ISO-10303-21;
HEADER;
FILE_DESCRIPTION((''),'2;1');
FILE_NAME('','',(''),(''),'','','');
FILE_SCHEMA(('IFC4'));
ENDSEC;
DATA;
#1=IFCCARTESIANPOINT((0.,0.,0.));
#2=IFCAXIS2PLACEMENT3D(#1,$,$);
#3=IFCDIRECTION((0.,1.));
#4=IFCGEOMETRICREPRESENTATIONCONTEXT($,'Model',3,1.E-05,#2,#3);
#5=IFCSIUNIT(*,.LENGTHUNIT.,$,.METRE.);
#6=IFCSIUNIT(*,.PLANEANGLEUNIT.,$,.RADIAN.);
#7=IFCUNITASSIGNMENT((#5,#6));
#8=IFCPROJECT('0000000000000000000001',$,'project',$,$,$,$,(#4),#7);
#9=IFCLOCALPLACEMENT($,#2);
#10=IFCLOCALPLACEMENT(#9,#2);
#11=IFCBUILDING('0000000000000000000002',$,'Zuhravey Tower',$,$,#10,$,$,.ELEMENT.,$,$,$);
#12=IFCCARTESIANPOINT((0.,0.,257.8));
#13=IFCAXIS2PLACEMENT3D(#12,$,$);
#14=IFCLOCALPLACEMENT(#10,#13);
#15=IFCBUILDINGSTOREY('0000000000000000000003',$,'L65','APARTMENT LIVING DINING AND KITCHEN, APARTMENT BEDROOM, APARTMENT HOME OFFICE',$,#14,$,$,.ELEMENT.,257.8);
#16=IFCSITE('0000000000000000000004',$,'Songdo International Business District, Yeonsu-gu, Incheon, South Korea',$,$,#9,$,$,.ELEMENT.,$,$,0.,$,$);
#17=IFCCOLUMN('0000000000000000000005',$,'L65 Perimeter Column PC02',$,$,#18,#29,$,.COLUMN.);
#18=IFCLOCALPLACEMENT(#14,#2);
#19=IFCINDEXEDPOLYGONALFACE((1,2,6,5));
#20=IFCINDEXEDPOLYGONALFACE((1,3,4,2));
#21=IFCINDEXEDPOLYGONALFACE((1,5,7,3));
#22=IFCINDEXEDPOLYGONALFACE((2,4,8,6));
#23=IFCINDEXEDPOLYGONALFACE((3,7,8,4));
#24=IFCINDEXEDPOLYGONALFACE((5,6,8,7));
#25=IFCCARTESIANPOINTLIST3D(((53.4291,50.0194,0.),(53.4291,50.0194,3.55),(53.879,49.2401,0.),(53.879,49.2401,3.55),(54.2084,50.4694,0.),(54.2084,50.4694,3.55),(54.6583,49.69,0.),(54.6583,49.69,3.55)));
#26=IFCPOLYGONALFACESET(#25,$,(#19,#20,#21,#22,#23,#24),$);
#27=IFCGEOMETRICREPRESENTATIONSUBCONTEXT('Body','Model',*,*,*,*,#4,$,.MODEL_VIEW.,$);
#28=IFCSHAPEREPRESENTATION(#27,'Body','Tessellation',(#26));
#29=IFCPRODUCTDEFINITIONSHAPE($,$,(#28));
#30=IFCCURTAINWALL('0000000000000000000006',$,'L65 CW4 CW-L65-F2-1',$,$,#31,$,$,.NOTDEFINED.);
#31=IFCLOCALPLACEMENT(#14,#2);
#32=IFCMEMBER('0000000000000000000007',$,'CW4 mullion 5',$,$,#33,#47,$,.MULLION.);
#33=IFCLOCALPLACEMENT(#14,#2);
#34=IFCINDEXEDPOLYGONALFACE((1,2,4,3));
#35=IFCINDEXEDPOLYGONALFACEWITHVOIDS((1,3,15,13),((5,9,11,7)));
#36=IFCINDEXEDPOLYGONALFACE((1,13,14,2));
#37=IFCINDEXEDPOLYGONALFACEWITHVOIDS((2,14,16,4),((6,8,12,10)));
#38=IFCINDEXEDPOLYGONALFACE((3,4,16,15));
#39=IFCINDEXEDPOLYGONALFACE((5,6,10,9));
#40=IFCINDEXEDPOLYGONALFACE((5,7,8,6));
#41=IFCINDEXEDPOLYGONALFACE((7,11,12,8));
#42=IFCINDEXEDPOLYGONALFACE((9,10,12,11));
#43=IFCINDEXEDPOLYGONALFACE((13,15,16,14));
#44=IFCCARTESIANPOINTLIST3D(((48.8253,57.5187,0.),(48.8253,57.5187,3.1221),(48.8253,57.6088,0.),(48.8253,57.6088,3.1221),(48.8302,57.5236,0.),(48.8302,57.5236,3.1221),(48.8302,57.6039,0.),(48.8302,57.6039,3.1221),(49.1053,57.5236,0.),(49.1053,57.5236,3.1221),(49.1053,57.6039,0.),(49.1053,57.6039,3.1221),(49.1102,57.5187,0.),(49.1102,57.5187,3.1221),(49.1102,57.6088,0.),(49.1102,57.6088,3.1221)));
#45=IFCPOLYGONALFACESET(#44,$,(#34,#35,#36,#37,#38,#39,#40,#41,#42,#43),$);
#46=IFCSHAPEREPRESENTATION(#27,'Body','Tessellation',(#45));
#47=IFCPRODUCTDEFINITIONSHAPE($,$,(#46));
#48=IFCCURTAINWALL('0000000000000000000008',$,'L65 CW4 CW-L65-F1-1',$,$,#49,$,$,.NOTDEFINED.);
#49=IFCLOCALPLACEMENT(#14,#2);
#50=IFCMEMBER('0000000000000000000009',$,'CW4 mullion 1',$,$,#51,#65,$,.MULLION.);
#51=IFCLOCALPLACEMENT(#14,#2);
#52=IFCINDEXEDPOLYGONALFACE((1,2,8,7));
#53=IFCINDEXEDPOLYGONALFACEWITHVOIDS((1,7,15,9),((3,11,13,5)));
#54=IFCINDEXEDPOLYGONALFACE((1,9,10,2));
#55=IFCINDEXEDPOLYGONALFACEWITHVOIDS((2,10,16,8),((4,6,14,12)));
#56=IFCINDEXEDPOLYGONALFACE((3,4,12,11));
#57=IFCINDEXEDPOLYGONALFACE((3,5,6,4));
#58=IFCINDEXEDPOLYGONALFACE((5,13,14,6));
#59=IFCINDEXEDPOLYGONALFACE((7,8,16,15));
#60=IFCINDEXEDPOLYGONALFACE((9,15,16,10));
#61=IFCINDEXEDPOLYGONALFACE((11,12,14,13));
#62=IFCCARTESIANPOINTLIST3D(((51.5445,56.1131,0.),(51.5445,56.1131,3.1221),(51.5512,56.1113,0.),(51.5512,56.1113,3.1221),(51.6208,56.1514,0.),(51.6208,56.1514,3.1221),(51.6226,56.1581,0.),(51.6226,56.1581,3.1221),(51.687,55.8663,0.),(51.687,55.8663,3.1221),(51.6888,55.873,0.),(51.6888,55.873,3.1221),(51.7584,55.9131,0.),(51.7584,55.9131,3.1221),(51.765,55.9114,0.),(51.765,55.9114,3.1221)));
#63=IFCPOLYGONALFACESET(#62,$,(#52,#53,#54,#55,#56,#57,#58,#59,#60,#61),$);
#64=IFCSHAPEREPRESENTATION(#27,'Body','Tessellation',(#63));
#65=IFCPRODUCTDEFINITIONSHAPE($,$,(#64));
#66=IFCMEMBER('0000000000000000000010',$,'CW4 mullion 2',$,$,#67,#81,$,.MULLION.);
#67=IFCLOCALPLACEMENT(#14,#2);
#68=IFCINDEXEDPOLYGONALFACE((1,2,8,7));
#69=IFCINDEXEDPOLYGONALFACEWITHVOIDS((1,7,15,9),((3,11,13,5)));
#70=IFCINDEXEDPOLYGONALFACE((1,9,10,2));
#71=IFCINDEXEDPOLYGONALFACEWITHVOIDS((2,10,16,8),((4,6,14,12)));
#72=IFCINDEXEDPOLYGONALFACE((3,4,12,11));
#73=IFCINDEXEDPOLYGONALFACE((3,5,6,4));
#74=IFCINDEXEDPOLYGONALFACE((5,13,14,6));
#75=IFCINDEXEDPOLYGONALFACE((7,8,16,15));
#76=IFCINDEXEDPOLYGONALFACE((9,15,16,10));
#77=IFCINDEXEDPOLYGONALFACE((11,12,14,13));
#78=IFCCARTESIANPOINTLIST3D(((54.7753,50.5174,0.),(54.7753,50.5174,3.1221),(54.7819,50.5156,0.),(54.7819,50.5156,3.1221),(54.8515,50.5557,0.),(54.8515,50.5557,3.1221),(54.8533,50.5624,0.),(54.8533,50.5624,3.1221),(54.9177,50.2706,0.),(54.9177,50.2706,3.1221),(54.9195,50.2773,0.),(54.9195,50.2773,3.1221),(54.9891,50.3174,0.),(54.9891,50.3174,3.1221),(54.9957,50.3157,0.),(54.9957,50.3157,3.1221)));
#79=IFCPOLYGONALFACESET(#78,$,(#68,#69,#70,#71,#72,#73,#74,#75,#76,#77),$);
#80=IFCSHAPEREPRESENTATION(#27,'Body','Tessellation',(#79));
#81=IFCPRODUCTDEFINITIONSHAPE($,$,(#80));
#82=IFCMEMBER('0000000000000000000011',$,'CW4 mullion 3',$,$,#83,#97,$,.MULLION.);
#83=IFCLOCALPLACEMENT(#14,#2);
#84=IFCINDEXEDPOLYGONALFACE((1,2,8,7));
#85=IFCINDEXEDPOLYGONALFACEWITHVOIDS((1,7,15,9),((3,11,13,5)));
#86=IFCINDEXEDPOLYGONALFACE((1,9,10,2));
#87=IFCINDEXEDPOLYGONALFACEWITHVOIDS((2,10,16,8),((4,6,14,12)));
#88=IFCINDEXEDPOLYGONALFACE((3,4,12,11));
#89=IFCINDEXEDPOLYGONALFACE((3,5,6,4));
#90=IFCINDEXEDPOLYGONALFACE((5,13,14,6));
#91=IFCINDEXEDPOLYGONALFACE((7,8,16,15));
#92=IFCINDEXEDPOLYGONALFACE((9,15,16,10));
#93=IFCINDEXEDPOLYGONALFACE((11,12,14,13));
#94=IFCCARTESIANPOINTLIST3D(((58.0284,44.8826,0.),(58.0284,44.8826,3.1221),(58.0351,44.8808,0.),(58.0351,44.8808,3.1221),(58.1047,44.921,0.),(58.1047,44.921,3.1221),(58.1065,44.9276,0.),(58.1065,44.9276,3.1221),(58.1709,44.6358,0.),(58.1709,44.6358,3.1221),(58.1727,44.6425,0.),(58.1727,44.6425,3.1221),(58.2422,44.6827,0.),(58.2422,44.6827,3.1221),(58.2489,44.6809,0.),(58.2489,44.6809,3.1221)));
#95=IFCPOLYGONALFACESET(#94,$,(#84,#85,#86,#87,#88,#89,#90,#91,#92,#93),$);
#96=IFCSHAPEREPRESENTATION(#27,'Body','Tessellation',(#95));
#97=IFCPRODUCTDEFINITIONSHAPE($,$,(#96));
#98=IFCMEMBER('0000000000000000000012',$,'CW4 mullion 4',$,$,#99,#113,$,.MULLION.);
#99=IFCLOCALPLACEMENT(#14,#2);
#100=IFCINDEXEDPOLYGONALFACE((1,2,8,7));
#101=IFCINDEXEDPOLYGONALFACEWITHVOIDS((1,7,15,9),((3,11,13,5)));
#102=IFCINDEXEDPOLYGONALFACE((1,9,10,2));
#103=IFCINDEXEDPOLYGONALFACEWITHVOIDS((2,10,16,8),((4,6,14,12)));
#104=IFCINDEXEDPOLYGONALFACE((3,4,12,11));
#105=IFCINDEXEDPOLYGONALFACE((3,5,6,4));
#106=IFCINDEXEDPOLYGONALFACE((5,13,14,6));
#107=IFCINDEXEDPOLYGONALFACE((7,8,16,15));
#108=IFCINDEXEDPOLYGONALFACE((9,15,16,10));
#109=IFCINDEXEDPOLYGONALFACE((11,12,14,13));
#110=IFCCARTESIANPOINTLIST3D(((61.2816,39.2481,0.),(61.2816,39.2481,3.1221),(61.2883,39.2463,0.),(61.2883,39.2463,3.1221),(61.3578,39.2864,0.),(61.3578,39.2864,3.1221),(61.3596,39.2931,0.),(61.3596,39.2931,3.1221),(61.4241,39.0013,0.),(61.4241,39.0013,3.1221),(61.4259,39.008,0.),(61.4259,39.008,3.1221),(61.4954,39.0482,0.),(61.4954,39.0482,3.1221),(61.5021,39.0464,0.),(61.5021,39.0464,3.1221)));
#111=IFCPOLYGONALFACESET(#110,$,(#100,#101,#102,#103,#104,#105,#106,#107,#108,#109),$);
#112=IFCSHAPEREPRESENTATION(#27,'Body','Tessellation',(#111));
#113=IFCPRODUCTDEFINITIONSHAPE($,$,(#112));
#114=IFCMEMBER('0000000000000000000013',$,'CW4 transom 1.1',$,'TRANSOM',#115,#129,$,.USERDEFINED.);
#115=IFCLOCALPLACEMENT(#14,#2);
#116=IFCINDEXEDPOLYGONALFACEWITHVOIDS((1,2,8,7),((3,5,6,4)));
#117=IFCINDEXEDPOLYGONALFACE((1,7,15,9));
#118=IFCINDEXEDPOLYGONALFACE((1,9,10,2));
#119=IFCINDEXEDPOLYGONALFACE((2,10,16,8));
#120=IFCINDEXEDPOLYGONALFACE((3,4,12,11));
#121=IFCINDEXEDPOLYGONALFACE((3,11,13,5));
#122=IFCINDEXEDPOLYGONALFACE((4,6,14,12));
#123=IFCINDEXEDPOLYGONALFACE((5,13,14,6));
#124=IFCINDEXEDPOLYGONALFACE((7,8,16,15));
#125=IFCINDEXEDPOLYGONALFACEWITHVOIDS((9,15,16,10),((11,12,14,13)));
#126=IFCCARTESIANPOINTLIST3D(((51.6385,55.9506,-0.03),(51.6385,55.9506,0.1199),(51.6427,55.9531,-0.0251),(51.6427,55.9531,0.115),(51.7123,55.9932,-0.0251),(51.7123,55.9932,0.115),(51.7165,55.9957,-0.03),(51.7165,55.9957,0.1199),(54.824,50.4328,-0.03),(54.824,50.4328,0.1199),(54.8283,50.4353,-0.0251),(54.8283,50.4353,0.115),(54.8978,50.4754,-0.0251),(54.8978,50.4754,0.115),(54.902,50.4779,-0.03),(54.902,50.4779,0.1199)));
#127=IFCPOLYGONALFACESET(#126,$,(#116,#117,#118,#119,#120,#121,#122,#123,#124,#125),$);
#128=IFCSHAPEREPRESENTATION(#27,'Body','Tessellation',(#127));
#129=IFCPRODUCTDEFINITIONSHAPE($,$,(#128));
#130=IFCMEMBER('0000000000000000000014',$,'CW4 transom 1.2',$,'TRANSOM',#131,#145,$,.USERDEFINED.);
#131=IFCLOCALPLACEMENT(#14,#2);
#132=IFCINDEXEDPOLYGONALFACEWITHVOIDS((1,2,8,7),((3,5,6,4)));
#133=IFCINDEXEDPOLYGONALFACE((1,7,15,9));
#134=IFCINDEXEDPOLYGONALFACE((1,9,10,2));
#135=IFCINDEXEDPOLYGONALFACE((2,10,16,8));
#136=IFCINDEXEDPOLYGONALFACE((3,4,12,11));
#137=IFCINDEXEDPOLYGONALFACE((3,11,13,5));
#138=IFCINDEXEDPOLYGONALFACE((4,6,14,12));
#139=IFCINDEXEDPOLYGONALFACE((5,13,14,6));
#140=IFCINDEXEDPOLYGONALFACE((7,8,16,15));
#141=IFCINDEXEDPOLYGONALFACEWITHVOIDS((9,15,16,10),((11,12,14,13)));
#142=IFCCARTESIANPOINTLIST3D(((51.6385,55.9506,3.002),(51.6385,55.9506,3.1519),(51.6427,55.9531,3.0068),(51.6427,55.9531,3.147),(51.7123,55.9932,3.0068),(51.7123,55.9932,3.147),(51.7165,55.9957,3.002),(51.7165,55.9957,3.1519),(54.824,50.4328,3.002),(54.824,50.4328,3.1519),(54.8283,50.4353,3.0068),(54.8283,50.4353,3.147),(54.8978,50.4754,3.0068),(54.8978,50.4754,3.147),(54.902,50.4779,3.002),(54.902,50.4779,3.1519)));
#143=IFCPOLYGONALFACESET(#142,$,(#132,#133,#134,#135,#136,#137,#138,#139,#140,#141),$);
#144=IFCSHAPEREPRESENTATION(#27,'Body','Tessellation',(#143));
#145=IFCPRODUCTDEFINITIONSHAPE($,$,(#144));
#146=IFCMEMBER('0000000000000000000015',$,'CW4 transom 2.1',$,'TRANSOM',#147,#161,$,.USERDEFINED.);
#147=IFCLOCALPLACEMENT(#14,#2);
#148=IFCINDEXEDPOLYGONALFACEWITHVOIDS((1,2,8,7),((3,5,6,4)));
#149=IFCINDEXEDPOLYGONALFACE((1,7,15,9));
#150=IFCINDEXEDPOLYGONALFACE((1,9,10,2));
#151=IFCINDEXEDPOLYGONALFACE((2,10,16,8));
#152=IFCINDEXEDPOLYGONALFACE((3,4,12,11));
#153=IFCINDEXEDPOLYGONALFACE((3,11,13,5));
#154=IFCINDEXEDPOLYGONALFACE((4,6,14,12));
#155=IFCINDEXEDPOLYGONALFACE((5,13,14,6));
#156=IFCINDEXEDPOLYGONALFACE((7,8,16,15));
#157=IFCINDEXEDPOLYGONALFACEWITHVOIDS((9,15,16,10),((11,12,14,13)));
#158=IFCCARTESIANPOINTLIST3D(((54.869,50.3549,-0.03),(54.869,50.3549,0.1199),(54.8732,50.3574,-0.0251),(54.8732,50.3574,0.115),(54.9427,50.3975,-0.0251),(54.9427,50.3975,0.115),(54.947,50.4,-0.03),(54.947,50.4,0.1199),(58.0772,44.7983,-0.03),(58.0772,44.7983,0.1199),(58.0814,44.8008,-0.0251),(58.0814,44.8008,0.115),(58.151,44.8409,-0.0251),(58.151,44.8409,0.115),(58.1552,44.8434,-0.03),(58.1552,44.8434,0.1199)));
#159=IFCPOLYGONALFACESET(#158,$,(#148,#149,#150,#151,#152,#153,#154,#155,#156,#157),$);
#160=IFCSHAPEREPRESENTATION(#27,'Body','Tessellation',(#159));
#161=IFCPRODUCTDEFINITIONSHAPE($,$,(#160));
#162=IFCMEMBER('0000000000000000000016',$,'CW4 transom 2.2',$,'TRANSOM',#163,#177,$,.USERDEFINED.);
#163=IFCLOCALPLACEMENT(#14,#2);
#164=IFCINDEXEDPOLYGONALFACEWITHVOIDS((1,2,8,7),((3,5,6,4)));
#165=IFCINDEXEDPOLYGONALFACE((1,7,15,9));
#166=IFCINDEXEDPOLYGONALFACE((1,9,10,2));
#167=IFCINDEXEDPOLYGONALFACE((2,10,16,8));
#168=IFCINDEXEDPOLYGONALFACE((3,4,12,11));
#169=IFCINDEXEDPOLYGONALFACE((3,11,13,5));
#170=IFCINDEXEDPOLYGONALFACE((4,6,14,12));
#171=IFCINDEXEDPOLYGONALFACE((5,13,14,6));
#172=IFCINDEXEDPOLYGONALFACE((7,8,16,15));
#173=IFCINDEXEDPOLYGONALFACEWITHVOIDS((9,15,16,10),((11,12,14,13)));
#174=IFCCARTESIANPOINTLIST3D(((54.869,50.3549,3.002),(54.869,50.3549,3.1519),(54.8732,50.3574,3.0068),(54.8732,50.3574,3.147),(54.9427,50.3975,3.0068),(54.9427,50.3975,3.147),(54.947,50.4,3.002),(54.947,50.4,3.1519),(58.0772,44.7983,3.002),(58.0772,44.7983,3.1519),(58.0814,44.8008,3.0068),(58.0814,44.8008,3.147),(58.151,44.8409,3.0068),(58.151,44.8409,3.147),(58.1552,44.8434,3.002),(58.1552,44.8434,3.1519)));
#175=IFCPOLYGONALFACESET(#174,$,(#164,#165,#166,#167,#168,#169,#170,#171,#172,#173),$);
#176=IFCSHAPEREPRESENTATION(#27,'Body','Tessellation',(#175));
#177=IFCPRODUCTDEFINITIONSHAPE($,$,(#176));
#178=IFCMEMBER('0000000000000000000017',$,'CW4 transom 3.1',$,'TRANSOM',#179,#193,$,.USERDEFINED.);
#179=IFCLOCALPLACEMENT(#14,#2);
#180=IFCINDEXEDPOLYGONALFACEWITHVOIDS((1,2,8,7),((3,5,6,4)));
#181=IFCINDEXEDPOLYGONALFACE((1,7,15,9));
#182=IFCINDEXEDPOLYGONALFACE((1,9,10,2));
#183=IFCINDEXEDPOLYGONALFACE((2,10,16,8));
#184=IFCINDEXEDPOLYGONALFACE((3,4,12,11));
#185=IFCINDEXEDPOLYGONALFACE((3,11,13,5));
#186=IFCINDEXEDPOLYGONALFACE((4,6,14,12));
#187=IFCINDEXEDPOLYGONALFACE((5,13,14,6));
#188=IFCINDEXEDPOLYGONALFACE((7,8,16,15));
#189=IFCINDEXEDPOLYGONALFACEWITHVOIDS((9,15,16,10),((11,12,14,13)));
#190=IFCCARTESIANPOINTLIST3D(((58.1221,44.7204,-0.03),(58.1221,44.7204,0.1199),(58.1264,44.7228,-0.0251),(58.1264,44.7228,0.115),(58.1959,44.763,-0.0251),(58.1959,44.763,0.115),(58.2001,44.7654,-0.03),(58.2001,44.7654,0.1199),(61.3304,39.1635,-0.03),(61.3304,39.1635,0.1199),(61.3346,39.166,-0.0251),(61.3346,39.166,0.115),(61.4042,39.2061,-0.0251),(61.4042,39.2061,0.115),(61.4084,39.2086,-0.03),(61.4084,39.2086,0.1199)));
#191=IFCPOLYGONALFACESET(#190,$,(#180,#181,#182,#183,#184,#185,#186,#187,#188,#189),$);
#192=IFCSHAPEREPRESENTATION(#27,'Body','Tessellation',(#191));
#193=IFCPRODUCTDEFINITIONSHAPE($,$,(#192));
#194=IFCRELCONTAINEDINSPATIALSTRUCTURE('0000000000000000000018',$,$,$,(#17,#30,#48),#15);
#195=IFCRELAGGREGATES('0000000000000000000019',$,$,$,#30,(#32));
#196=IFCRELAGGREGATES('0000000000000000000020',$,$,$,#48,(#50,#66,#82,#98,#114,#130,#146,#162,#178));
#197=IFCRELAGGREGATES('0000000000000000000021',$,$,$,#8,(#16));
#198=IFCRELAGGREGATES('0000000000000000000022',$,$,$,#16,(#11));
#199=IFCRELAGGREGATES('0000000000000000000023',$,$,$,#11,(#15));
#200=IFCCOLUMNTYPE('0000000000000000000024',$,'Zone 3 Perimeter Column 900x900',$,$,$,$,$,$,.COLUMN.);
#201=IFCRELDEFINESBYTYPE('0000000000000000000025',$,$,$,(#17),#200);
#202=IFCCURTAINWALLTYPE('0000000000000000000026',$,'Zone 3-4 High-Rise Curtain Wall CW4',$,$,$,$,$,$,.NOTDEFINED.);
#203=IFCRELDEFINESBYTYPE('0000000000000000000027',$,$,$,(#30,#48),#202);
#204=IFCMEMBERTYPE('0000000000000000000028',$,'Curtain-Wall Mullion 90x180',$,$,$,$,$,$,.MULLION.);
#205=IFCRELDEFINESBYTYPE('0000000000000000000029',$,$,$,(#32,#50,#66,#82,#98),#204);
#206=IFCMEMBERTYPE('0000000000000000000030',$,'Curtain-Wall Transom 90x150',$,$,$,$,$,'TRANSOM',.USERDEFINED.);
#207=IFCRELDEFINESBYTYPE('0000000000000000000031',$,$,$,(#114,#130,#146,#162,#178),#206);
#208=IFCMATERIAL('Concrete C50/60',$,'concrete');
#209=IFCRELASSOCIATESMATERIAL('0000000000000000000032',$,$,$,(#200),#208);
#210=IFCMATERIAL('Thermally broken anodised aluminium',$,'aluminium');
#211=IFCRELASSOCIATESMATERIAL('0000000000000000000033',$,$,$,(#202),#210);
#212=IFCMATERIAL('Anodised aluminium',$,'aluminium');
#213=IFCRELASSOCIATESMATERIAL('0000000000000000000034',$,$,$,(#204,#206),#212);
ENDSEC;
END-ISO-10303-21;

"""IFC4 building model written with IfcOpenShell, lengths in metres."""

from ifc_helpers import new_model, si_unit, direction, frame, origin, origin_2d, place, context, subcontext, project, spatial, rectangle, hollow_rectangle, extrude, material, material_profile, profile_set, type_object, element, aggregate, save


model = new_model("IFC4")

# Units and contexts
model_context = context("Model", 3, precision=1e-05, world=origin(), true_north=direction((0.0, 1.0)))
body_context = subcontext(model_context, "Body", "Model", "MODEL_VIEW")
ifc_project = project(units=[si_unit("LENGTHUNIT", "METRE"), si_unit("PLANEANGLEUNIT", "RADIAN")], contexts=[model_context])

# Site, building, storey
site_placement = place(None, origin())
site = spatial("IfcSite", under=ifc_project, at=site_placement, Name="Songdo International Business District, Yeonsu-gu, Incheon, South Korea", CompositionType="ELEMENT", RefElevation=0.0)
building_placement = place(site_placement, origin())
building = spatial("IfcBuilding", under=site, at=building_placement, Name="Zuhravey Tower", CompositionType="ELEMENT")
storey_placement = place(building_placement, frame((0.0, 0.0, 257.8)))
storey = spatial("IfcBuildingStorey", under=building, at=storey_placement, Name="L65", Description="APARTMENT LIVING DINING AND KITCHEN, APARTMENT BEDROOM, APARTMENT HOME OFFICE", CompositionType="ELEMENT", Elevation=257.8)

# Column
ifc_material_1 = material(Name="Concrete C50/60", Category="concrete")
ifc_material_profile_1 = material_profile(ifc_material_1, rectangle(XDim=0.8999, YDim=0.8999, at=origin_2d()), Name="RC-900x900")
ifc_profile_set_1 = profile_set([ifc_material_profile_1], Name="Concrete C50/60")
column_type = type_object("IfcColumnType", Name="Zone 3 Perimeter Column 900x900", PredefinedType="COLUMN", material=ifc_profile_set_1)
column_placement = place(storey_placement, frame((54.0437, 49.8547, 0.0), z_axis=(0.0, 0.0, 1.0), x_axis=(-0.5, 0.866025, 0.0)))
element("IfcColumn", 1, at=column_placement, inside=storey, type_object=column_type, Name="L65 Perimeter Column PC02", PredefinedType="COLUMN", context=body_context, shape_type="SweptSolid", body=[
    extrude(rectangle(XDim=0.8999, YDim=0.8999, at=origin_2d()), origin(), (0.0, 0.0, 1.0), 3.55),
])

# Curtain wall, member
ifc_material_2 = material(Name="Thermally broken anodised aluminium", Category="aluminium")
curtain_wall_type = type_object("IfcCurtainWallType", Name="Zone 3-4 High-Rise Curtain Wall CW4", PredefinedType="NOTDEFINED", material=ifc_material_2)
curtain_wall_1_placement = place(storey_placement, origin())
curtain_wall_1 = element("IfcCurtainWall", 2, at=curtain_wall_1_placement, inside=storey, type_object=curtain_wall_type, Name="L65 CW4 CW-L65-F2-1", PredefinedType="NOTDEFINED")
ifc_material_3 = material(Name="Anodised aluminium", Category="aluminium")
ifc_material_profile_2 = material_profile(ifc_material_3, hollow_rectangle(XDim=0.0901, YDim=0.2849, WallThickness=0.0049, at=origin_2d()), Name="ALU-RHS-90x285x5")
ifc_profile_set_2 = profile_set([ifc_material_profile_2], Name="Anodised aluminium")
member_type_1 = type_object("IfcMemberType", Name="Curtain-Wall Mullion 90x180", PredefinedType="MULLION", material=ifc_profile_set_2)
member_1_placement = place(storey_placement, frame((48.9678, 57.5637, 0.0), z_axis=(0.0, 0.0, 1.0), x_axis=(0.0, 1.0, 0.0)))
member_1 = element("IfcMember", 3, at=member_1_placement, type_object=member_type_1, Name="CW4 mullion 5", PredefinedType="MULLION", context=body_context, shape_type="SweptSolid", body=[
    extrude(hollow_rectangle(XDim=0.0901, YDim=0.2849, WallThickness=0.0049, at=origin_2d()), origin(), (0.0, 0.0, 1.0), 3.1221),
])
aggregate(curtain_wall_1, [member_1])

# Curtain wall, members
curtain_wall_2_placement = place(storey_placement, origin())
curtain_wall_2 = element("IfcCurtainWall", 4, at=curtain_wall_2_placement, inside=storey, type_object=curtain_wall_type, Name="L65 CW4 CW-L65-F1-1", PredefinedType="NOTDEFINED")
member_2_placement = place(storey_placement, frame((51.6548, 56.0122, 0.0), z_axis=(0.0, 0.0, 1.0), x_axis=(0.866025, 0.500001, 0.0)))
member_2 = element("IfcMember", 5, at=member_2_placement, type_object=member_type_1, Name="CW4 mullion 1", PredefinedType="MULLION", context=body_context, shape_type="SweptSolid", body=[
    extrude(hollow_rectangle(XDim=0.0901, YDim=0.2849, WallThickness=0.0049, at=origin_2d()), origin(), (0.0, 0.0, 1.0), 3.1221),
])
member_3_placement = place(storey_placement, frame((54.8855, 50.4165, 0.0), z_axis=(0.0, 0.0, 1.0), x_axis=(0.866025, 0.500001, 0.0)))
member_3 = element("IfcMember", 6, at=member_3_placement, type_object=member_type_1, Name="CW4 mullion 2", PredefinedType="MULLION", context=body_context, shape_type="SweptSolid", body=[
    extrude(hollow_rectangle(XDim=0.0901, YDim=0.2849, WallThickness=0.0049, at=origin_2d()), origin(), (0.0, 0.0, 1.0), 3.1221),
])
member_4_placement = place(storey_placement, frame((58.1387, 44.7817, 0.0), z_axis=(0.0, 0.0, 1.0), x_axis=(0.866025, 0.500001, 0.0)))
member_4 = element("IfcMember", 7, at=member_4_placement, type_object=member_type_1, Name="CW4 mullion 3", PredefinedType="MULLION", context=body_context, shape_type="SweptSolid", body=[
    extrude(hollow_rectangle(XDim=0.0901, YDim=0.2849, WallThickness=0.0049, at=origin_2d()), origin(), (0.0, 0.0, 1.0), 3.1221),
])
member_5_placement = place(storey_placement, frame((61.3918, 39.1472, 0.0), z_axis=(0.0, 0.0, 1.0), x_axis=(0.866025, 0.500001, 0.0)))
member_5 = element("IfcMember", 8, at=member_5_placement, type_object=member_type_1, Name="CW4 mullion 4", PredefinedType="MULLION", context=body_context, shape_type="SweptSolid", body=[
    extrude(hollow_rectangle(XDim=0.0901, YDim=0.2849, WallThickness=0.0049, at=origin_2d()), origin(), (0.0, 0.0, 1.0), 3.1221),
])
ifc_material_profile_3 = material_profile(ifc_material_3, hollow_rectangle(XDim=0.0901, YDim=0.1499, WallThickness=0.0049, at=origin_2d()), Name="ALU-RHS-90x150x5")
ifc_profile_set_3 = profile_set([ifc_material_profile_3], Name="Anodised aluminium")
member_type_2 = type_object("IfcMemberType", Name="Curtain-Wall Transom 90x150", ElementType="TRANSOM", PredefinedType="USERDEFINED", material=ifc_profile_set_3)
member_6_placement = place(storey_placement, frame((51.6775, 55.9731, 0.0449), z_axis=(0.49998, -0.866037, 0.0), x_axis=(0.866037, 0.49998, 0.0)))
member_6 = element("IfcMember", 9, at=member_6_placement, type_object=member_type_2, Name="CW4 transom 1.1", ObjectType="TRANSOM", PredefinedType="USERDEFINED", context=body_context, shape_type="SweptSolid", body=[
    extrude(hollow_rectangle(XDim=0.0901, YDim=0.1499, WallThickness=0.0049, at=origin_2d()), origin(), (0.0, 0.0, 1.0), 6.3713),
])
member_7_placement = place(storey_placement, frame((51.6775, 55.9731, 3.0769), z_axis=(0.49998, -0.866037, 0.0), x_axis=(0.866037, 0.49998, 0.0)))
member_7 = element("IfcMember", 10, at=member_7_placement, type_object=member_type_2, Name="CW4 transom 1.2", ObjectType="TRANSOM", PredefinedType="USERDEFINED", context=body_context, shape_type="SweptSolid", body=[
    extrude(hollow_rectangle(XDim=0.0901, YDim=0.1499, WallThickness=0.0049, at=origin_2d()), origin(), (0.0, 0.0, 1.0), 6.3713),
])
member_8_placement = place(storey_placement, frame((54.908, 50.3774, 0.0449), z_axis=(0.500014, -0.866017, 0.0), x_axis=(0.866017, 0.500014, 0.0)))
member_8 = element("IfcMember", 11, at=member_8_placement, type_object=member_type_2, Name="CW4 transom 2.1", ObjectType="TRANSOM", PredefinedType="USERDEFINED", context=body_context, shape_type="SweptSolid", body=[
    extrude(hollow_rectangle(XDim=0.0901, YDim=0.1499, WallThickness=0.0049, at=origin_2d()), origin(), (0.0, 0.0, 1.0), 6.4163),
])
member_9_placement = place(storey_placement, frame((54.908, 50.3774, 3.0769), z_axis=(0.500014, -0.866017, 0.0), x_axis=(0.866017, 0.500014, 0.0)))
member_9 = element("IfcMember", 12, at=member_9_placement, type_object=member_type_2, Name="CW4 transom 2.2", ObjectType="TRANSOM", PredefinedType="USERDEFINED", context=body_context, shape_type="SweptSolid", body=[
    extrude(hollow_rectangle(XDim=0.0901, YDim=0.1499, WallThickness=0.0049, at=origin_2d()), origin(), (0.0, 0.0, 1.0), 6.4163),
])
member_10_placement = place(storey_placement, frame((58.1611, 44.7429, 0.0449), z_axis=(0.499998, -0.866027, 0.0), x_axis=(0.866027, 0.499998, 0.0)))
member_10 = element("IfcMember", 13, at=member_10_placement, type_object=member_type_2, Name="CW4 transom 3.1", ObjectType="TRANSOM", PredefinedType="USERDEFINED", context=body_context, shape_type="SweptSolid", body=[
    extrude(hollow_rectangle(XDim=0.0901, YDim=0.1499, WallThickness=0.0049, at=origin_2d()), origin(), (0.0, 0.0, 1.0), 6.4165),
])

aggregate(curtain_wall_2, [member_2, member_3, member_4, member_5, member_6, member_7, member_8, member_9, member_10])

save(model, "model.ifc")
